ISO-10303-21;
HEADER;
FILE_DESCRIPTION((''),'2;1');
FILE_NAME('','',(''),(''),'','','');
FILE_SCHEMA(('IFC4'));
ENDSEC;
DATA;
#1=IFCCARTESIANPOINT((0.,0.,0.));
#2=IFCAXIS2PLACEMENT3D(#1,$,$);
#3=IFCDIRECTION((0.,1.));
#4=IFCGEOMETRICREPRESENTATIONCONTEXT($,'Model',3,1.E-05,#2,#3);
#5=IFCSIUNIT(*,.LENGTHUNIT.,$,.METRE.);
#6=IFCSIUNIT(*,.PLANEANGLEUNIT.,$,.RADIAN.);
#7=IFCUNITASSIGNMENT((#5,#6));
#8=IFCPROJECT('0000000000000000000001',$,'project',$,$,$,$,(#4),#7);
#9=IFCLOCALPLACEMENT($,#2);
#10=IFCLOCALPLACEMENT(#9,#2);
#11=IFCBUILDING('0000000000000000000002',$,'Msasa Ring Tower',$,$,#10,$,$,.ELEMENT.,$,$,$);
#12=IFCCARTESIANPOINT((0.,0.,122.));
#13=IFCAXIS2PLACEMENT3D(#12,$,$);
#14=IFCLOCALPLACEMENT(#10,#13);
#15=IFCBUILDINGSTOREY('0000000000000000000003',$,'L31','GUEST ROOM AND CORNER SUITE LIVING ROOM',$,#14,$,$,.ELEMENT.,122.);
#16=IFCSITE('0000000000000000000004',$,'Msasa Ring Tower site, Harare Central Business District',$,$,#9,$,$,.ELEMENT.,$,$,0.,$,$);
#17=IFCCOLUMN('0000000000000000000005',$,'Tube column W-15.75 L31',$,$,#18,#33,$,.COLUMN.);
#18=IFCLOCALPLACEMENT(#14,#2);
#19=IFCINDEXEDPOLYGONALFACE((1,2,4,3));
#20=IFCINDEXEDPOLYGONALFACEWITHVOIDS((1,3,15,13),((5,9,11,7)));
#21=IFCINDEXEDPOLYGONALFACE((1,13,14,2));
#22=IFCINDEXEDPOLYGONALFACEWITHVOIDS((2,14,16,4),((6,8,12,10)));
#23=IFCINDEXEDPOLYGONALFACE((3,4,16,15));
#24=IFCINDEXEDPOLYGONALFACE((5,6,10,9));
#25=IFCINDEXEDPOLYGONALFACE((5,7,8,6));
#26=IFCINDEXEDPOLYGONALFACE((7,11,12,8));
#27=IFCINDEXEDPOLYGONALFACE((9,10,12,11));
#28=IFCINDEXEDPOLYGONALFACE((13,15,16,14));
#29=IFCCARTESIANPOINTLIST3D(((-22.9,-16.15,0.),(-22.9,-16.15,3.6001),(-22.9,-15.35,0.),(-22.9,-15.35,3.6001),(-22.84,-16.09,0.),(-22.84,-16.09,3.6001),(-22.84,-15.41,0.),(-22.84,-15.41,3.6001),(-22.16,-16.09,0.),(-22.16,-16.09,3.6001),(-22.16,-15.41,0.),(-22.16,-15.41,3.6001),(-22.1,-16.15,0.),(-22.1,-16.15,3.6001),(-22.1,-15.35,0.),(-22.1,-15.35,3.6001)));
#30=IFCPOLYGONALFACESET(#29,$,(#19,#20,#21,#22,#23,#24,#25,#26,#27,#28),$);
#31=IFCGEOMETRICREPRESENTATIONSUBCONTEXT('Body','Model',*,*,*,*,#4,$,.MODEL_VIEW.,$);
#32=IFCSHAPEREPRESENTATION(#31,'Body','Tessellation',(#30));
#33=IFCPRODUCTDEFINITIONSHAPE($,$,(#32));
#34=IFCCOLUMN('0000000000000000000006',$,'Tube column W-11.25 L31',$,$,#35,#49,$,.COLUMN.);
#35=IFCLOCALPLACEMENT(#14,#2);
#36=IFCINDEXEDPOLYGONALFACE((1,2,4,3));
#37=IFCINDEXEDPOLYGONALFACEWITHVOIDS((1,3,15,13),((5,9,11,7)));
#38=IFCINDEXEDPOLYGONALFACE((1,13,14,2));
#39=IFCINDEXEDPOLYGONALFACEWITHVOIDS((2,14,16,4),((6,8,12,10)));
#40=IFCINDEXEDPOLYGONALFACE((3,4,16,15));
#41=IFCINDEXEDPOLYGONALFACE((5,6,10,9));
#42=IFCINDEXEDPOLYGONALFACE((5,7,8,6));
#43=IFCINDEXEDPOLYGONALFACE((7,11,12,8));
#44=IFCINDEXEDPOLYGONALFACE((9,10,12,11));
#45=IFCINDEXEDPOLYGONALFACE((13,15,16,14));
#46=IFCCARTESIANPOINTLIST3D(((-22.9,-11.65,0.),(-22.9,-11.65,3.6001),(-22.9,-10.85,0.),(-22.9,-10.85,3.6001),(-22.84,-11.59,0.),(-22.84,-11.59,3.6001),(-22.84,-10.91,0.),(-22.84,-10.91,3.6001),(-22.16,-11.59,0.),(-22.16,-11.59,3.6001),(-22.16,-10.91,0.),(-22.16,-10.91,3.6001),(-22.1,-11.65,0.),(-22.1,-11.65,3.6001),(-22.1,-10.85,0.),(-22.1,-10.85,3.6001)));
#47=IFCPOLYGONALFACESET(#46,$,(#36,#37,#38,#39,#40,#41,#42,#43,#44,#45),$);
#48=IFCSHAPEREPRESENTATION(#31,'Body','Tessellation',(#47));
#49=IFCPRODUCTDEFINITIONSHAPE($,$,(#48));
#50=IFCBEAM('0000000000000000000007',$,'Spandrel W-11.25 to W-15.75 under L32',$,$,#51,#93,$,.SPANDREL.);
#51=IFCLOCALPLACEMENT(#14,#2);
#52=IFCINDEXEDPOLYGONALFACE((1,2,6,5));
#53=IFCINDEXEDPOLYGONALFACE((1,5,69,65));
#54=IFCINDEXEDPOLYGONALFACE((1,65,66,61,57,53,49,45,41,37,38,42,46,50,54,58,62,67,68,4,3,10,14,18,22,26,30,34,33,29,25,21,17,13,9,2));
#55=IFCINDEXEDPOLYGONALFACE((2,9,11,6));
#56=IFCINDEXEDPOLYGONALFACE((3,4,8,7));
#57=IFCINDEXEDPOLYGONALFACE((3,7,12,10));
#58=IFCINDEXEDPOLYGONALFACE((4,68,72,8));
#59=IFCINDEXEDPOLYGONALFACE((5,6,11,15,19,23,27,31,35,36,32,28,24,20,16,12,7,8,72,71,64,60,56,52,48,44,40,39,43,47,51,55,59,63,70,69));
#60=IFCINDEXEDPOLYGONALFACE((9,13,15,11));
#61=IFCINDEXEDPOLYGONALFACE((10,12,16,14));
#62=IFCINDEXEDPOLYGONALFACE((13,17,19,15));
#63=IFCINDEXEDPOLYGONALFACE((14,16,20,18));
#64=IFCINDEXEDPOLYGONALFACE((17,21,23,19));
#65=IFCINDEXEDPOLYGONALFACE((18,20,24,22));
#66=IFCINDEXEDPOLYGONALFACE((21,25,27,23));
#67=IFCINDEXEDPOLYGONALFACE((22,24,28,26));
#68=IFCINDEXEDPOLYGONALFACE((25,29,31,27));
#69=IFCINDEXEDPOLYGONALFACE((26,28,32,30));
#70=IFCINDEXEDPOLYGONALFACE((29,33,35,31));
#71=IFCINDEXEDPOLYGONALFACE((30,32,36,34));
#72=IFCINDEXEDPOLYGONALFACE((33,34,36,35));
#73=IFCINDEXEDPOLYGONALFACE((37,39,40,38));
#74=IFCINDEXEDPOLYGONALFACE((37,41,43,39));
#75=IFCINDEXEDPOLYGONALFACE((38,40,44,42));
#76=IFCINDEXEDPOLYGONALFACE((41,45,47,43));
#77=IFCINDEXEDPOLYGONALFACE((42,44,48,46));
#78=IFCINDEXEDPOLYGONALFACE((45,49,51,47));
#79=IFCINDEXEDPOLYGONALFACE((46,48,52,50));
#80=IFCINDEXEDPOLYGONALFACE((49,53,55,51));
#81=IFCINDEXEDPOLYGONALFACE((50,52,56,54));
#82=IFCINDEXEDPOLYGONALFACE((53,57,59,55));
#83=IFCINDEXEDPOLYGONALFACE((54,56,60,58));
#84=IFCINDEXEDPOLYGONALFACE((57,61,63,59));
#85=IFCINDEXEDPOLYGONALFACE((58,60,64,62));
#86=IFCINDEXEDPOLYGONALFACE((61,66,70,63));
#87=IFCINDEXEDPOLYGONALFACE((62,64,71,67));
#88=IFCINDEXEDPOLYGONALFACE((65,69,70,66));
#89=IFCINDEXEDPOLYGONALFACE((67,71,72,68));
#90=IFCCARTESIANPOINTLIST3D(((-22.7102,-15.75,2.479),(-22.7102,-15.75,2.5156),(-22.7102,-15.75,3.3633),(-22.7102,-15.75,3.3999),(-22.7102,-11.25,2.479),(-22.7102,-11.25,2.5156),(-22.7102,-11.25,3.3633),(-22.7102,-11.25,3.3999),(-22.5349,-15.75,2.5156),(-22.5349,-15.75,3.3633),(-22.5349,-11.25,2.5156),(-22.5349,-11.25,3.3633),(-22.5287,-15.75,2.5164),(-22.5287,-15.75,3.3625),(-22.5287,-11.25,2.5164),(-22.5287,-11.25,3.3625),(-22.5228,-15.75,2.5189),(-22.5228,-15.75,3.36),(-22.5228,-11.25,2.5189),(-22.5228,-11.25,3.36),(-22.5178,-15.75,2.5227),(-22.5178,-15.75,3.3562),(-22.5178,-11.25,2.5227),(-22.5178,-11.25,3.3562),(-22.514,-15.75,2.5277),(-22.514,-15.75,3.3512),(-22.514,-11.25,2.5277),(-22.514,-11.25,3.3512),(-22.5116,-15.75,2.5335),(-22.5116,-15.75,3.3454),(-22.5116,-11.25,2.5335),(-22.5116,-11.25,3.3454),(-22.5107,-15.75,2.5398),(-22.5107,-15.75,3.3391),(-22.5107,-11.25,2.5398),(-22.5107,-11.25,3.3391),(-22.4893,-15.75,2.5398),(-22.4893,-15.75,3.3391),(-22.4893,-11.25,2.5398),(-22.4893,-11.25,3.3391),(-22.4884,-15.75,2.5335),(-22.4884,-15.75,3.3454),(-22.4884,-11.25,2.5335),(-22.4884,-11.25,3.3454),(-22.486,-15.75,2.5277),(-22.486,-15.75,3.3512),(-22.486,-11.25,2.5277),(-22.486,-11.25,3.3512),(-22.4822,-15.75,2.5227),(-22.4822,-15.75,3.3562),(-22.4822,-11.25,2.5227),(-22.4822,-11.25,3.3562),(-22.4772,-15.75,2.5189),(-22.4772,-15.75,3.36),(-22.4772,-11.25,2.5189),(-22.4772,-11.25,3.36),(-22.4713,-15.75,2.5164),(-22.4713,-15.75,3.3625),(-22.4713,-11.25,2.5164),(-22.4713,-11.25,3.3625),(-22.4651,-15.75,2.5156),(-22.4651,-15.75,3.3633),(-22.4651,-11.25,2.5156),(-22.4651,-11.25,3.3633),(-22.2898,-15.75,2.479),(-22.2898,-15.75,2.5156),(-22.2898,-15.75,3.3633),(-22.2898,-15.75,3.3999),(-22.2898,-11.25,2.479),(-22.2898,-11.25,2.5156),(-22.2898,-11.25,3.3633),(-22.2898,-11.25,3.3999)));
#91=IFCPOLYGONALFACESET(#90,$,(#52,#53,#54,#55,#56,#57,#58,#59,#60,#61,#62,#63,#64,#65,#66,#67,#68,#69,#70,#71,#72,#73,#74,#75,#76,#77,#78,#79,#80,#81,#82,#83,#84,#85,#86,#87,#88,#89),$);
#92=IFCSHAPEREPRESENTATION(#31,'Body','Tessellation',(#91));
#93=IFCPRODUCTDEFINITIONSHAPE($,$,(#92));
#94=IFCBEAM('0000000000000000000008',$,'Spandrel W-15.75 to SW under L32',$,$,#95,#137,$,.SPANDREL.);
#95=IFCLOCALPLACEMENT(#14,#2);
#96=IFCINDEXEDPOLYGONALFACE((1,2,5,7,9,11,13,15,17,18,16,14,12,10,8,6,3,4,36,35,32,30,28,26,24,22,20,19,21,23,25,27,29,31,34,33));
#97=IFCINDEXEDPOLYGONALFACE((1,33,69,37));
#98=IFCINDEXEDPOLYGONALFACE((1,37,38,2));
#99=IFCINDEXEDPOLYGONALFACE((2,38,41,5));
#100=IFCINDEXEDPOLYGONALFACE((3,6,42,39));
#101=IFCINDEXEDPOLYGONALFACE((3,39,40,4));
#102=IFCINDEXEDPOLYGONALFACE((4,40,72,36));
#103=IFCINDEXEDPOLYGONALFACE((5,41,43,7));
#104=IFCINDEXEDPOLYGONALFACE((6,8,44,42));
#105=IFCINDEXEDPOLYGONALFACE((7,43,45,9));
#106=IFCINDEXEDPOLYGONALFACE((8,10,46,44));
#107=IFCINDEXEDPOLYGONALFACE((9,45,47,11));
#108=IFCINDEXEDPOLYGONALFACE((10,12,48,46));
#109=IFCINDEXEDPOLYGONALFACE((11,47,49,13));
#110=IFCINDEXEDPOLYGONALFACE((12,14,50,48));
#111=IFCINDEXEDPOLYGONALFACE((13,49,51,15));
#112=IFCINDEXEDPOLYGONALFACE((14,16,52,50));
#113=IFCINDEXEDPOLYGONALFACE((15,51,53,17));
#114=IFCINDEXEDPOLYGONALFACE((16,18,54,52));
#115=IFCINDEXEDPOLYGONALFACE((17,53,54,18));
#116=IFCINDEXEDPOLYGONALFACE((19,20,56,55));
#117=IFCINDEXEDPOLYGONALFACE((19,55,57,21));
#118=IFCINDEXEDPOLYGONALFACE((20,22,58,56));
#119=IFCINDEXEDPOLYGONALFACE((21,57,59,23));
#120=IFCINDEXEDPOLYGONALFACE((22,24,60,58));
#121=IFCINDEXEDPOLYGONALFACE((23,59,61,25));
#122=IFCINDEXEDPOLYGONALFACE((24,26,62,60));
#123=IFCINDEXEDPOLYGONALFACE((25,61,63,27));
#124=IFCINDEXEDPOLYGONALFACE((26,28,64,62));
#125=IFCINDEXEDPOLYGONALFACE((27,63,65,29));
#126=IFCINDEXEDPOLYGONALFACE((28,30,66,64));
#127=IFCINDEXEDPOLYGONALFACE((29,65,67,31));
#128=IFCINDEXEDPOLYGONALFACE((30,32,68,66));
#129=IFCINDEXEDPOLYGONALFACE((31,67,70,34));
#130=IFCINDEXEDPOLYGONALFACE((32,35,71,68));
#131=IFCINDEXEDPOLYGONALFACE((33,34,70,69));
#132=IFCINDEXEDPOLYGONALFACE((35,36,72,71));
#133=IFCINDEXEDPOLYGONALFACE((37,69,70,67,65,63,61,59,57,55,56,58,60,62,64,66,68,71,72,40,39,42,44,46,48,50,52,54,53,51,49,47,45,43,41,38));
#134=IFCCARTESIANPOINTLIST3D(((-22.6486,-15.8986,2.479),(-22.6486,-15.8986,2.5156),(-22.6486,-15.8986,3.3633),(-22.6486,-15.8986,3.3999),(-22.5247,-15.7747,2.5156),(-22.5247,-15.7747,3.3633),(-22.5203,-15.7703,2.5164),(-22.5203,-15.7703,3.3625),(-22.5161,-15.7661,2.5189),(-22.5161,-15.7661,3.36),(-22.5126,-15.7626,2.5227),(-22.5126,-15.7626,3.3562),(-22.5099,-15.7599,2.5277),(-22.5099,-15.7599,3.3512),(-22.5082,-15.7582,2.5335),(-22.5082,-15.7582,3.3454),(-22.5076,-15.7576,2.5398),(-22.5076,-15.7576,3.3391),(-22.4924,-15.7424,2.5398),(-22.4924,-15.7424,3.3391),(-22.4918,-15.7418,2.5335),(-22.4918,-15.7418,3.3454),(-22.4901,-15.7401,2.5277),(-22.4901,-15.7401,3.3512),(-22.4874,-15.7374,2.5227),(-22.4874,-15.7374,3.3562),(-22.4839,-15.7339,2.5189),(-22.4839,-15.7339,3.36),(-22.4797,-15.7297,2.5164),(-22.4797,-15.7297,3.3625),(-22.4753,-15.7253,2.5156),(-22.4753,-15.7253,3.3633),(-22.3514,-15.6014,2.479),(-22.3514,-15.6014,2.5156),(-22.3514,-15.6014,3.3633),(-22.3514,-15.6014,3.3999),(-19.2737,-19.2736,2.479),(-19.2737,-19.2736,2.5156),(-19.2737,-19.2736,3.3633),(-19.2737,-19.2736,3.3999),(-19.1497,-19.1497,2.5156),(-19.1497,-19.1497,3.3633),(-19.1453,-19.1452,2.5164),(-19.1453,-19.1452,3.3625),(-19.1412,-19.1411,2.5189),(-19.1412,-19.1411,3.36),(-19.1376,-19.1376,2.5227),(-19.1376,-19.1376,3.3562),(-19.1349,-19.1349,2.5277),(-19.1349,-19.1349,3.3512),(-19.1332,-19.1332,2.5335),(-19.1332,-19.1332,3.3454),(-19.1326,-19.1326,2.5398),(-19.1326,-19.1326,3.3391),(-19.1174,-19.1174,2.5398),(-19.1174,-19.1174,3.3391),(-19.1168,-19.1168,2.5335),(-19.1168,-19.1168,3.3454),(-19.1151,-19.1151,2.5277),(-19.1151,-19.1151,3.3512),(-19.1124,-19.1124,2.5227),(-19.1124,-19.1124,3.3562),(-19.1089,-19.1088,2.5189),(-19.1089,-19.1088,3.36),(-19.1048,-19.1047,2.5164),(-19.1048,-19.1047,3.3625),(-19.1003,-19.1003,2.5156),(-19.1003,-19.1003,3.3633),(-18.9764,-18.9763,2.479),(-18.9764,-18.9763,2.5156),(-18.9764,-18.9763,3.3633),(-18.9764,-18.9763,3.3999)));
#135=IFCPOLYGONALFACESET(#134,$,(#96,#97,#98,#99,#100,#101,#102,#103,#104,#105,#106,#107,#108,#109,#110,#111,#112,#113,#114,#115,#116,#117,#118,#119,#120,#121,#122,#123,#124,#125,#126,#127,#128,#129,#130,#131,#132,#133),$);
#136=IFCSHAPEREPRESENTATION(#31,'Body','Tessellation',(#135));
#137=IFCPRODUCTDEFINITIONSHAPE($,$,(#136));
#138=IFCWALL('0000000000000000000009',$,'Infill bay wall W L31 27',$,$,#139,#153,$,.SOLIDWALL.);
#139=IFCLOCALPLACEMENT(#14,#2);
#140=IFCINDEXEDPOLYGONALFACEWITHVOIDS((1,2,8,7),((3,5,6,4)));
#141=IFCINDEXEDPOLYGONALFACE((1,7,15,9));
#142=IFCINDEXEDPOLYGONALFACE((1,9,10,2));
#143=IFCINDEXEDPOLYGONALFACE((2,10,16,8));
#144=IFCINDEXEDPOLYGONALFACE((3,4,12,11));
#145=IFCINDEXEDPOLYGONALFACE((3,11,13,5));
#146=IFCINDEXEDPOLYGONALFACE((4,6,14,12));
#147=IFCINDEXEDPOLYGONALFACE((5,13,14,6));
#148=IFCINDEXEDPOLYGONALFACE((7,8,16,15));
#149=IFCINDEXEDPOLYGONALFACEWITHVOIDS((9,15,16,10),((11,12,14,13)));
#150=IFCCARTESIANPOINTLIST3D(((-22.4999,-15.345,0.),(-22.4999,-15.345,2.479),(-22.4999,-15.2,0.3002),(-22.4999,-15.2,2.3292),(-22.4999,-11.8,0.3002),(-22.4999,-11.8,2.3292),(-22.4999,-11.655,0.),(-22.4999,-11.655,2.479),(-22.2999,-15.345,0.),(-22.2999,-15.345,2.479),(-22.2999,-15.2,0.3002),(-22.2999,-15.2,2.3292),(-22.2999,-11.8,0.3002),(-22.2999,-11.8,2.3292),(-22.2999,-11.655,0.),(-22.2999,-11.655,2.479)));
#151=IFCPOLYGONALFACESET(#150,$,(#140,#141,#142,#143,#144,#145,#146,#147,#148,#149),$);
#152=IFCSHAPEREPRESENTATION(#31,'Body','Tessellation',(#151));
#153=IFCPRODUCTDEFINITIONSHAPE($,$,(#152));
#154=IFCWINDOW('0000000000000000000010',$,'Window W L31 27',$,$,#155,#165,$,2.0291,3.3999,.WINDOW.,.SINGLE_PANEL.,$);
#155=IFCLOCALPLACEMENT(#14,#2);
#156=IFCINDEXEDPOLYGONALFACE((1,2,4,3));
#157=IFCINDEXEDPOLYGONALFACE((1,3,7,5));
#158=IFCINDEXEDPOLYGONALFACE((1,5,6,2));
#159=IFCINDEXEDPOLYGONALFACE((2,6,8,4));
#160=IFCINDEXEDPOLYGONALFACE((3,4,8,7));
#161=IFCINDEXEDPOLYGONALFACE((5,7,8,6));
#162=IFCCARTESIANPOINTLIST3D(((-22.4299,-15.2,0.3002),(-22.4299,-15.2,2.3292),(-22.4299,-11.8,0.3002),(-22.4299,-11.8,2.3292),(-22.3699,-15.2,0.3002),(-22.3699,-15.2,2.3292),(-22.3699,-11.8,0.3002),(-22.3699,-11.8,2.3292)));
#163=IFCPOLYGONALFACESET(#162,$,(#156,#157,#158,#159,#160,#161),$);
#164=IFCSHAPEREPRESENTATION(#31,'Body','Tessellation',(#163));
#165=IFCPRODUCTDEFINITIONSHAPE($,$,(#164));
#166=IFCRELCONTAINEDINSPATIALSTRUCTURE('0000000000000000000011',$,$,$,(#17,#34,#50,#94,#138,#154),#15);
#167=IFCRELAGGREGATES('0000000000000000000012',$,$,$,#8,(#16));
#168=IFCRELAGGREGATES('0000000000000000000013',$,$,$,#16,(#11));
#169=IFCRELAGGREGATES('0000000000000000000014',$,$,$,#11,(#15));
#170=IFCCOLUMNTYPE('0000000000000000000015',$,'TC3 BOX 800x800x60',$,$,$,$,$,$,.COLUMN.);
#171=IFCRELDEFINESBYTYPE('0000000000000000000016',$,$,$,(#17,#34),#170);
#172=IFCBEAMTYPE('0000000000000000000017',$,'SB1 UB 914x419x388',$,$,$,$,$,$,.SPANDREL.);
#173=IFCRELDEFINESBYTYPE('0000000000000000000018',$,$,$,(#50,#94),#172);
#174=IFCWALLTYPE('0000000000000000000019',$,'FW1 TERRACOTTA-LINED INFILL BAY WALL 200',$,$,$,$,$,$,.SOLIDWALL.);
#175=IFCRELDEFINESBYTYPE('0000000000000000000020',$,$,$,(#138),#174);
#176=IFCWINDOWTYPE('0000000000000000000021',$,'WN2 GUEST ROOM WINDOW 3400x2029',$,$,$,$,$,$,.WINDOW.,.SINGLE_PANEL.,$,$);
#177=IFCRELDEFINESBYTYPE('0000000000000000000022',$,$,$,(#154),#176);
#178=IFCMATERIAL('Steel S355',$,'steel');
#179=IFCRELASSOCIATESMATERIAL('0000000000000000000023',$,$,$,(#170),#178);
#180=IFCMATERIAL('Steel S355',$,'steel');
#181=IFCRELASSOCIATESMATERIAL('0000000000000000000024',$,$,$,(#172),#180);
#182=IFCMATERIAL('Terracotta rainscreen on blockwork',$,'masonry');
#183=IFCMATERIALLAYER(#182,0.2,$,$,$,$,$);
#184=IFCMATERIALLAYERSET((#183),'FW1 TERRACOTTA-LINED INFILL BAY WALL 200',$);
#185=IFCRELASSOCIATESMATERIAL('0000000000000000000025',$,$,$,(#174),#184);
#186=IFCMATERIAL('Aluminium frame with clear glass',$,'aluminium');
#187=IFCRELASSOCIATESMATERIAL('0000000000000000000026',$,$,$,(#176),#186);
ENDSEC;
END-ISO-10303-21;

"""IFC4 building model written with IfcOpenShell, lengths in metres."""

from ifc_helpers import new_model, si_unit, direction, frame, frame_2d, origin, origin_2d, place, context, subcontext, project, spatial, rectangle, hollow_rectangle, i_section, extrude, material, layer, layer_set, material_profile, profile_set, type_object, element, fill, save


model = new_model("IFC4")

# Units and contexts
model_context = context("Model", 3, precision=1e-05, world=origin(), true_north=direction((0.0, 1.0)))
body_context = subcontext(model_context, "Body", "Model", "MODEL_VIEW")
ifc_project = project(units=[si_unit("LENGTHUNIT", "METRE"), si_unit("PLANEANGLEUNIT", "RADIAN")], contexts=[model_context])

# Site, building, storey
site_placement = place(None, origin())
site = spatial("IfcSite", under=ifc_project, at=site_placement, Name="Msasa Ring Tower site, Harare Central Business District", CompositionType="ELEMENT", RefElevation=0.0)
building_placement = place(site_placement, origin())
building = spatial("IfcBuilding", under=site, at=building_placement, Name="Msasa Ring Tower", CompositionType="ELEMENT")
storey_placement = place(building_placement, frame((0.0, 0.0, 122.0)))
storey = spatial("IfcBuildingStorey", under=building, at=storey_placement, Name="L31", Description="GUEST ROOM AND CORNER SUITE LIVING ROOM", CompositionType="ELEMENT", Elevation=122.0)

# Columns
ifc_material_1 = material(Name="Steel S355", Category="steel")
ifc_material_profile_1 = material_profile(ifc_material_1, hollow_rectangle(XDim=0.8, YDim=0.8, WallThickness=0.0601, at=origin_2d()), Name="BOX 800x800x60")
ifc_profile_set_1 = profile_set([ifc_material_profile_1], Name="Steel S355")
column_type = type_object("IfcColumnType", Name="TC3 BOX 800x800x60", PredefinedType="COLUMN", material=ifc_profile_set_1)
for number, where, z_axis, x_axis, name in (
    (1, (-22.5, -15.75, 0.0), (0.0, 0.0, 1.0), (1.0, 0.0, 0.0), "Tube column W-15.75 L31"),
    (2, (-22.5, -11.25, 0.0), (0.0, 0.0, 1.0), (1.0, 0.0, 0.0), "Tube column W-11.25 L31"),
):
    element("IfcColumn", number, at=place(storey_placement, frame(where, z_axis=z_axis, x_axis=x_axis)), inside=storey, type_object=column_type, Name=name, PredefinedType="COLUMN", context=body_context, shape_type="SweptSolid", body=[
        extrude(hollow_rectangle(XDim=0.8, YDim=0.8, WallThickness=0.0601, at=origin_2d()), origin(), (0.0, 0.0, 1.0), 3.6001),
    ])

# Beams
ifc_material_2 = material(Name="Steel S355", Category="steel")
ifc_material_profile_2 = material_profile(ifc_material_2, i_section(OverallWidth=0.4204, OverallDepth=0.9209, WebThickness=0.0215, FlangeThickness=0.0366, FilletRadius=0.0242, at=origin_2d()), Name="UB 914x419x388")
ifc_profile_set_2 = profile_set([ifc_material_profile_2], Name="Steel S355")
beam_type = type_object("IfcBeamType", Name="SB1 UB 914x419x388", PredefinedType="SPANDREL", material=ifc_profile_set_2)
beam_1_placement = place(storey_placement, frame((-22.5, -11.25, 2.9395), z_axis=(0.0, -1.0, 0.0), x_axis=(1.0, 0.0, 0.0)))
element("IfcBeam", 3, at=beam_1_placement, inside=storey, type_object=beam_type, Name="Spandrel W-11.25 to W-15.75 under L32", PredefinedType="SPANDREL", context=body_context, shape_type="SweptSolid", body=[
    extrude(i_section(OverallWidth=0.4204, OverallDepth=0.9209, WebThickness=0.0215, FlangeThickness=0.0366, FilletRadius=0.0242, at=origin_2d()), origin(), (0.0, 0.0, 1.0), 4.5),
])
beam_2_placement = place(storey_placement, frame((-22.5, -15.75, 2.9395), z_axis=(0.707107, -0.707107, 0.0), x_axis=(0.707107, 0.707107, 0.0)))
element("IfcBeam", 4, at=beam_2_placement, inside=storey, type_object=beam_type, Name="Spandrel W-15.75 to SW under L32", PredefinedType="SPANDREL", context=body_context, shape_type="SweptSolid", body=[
    extrude(i_section(OverallWidth=0.4204, OverallDepth=0.9209, WebThickness=0.0215, FlangeThickness=0.0366, FilletRadius=0.0242, at=origin_2d()), origin(), (0.0, 0.0, 1.0), 4.7729),
])

# Wall, opening, window
ifc_material_3 = material(Name="Terracotta rainscreen on blockwork", Category="masonry")
ifc_layer = layer(ifc_material_3, 0.2)
ifc_layer_set = layer_set([ifc_layer], Name="FW1 TERRACOTTA-LINED INFILL BAY WALL 200")
wall_type = type_object("IfcWallType", Name="FW1 TERRACOTTA-LINED INFILL BAY WALL 200", PredefinedType="SOLIDWALL", material=ifc_layer_set)
wall_1_placement = place(storey_placement, frame((-22.3999, -15.345, 0.0), z_axis=(0.0, 0.0, 1.0), x_axis=(0.0, 1.0, 0.0)))
wall_1 = element("IfcWall", 5, at=wall_1_placement, inside=storey, type_object=wall_type, Name="Infill bay wall W L31 27", PredefinedType="SOLIDWALL", context=body_context, shape_type="SweptSolid", body=[
    extrude(rectangle(XDim=3.6899, YDim=0.2, at=frame_2d((1.845, 0.0))), origin(), (0.0, 0.0, 1.0), 2.479),
])
opening_1_placement = place(wall_1_placement, frame((0.145, 0.0, 0.3)))
opening_1 = element("IfcOpeningElement", 6, at=opening_1_placement, cuts=wall_1, PredefinedType="OPENING", context=body_context, shape_type="SweptSolid", body=[
    extrude(rectangle(XDim=3.3999, YDim=2.0291, at=frame_2d((1.7, 1.0146))), frame((0.0, 0.1099, 0.0), z_axis=(0.0, -1.0, 0.0), x_axis=(1.0, 0.0, 0.0)), (0.0, 0.0, 1.0), 0.22),
])
ifc_material_4 = material(Name="Aluminium frame with clear glass", Category="aluminium")
window_type = type_object("IfcWindowType", Name="WN2 GUEST ROOM WINDOW 3400x2029", PartitioningType="SINGLE_PANEL", PredefinedType="WINDOW", material=ifc_material_4)
window_1_placement = place(opening_1_placement, origin())
window_1 = element("IfcWindow", 7, at=window_1_placement, inside=storey, type_object=window_type, Name="Window W L31 27", OverallHeight=2.0291, OverallWidth=3.3999, PartitioningType="SINGLE_PANEL", PredefinedType="WINDOW", context=body_context, shape_type="SweptSolid", body=[
    extrude(rectangle(XDim=3.3999, YDim=2.0291, at=frame_2d((1.7, 1.0146))), frame((0.0, 0.03, 0.0), z_axis=(0.0, -1.0, 0.0), x_axis=(1.0, 0.0, 0.0)), (0.0, 0.0, 1.0), 0.0601),
])
fill(opening_1, window_1)

save(model, "model.ifc")
